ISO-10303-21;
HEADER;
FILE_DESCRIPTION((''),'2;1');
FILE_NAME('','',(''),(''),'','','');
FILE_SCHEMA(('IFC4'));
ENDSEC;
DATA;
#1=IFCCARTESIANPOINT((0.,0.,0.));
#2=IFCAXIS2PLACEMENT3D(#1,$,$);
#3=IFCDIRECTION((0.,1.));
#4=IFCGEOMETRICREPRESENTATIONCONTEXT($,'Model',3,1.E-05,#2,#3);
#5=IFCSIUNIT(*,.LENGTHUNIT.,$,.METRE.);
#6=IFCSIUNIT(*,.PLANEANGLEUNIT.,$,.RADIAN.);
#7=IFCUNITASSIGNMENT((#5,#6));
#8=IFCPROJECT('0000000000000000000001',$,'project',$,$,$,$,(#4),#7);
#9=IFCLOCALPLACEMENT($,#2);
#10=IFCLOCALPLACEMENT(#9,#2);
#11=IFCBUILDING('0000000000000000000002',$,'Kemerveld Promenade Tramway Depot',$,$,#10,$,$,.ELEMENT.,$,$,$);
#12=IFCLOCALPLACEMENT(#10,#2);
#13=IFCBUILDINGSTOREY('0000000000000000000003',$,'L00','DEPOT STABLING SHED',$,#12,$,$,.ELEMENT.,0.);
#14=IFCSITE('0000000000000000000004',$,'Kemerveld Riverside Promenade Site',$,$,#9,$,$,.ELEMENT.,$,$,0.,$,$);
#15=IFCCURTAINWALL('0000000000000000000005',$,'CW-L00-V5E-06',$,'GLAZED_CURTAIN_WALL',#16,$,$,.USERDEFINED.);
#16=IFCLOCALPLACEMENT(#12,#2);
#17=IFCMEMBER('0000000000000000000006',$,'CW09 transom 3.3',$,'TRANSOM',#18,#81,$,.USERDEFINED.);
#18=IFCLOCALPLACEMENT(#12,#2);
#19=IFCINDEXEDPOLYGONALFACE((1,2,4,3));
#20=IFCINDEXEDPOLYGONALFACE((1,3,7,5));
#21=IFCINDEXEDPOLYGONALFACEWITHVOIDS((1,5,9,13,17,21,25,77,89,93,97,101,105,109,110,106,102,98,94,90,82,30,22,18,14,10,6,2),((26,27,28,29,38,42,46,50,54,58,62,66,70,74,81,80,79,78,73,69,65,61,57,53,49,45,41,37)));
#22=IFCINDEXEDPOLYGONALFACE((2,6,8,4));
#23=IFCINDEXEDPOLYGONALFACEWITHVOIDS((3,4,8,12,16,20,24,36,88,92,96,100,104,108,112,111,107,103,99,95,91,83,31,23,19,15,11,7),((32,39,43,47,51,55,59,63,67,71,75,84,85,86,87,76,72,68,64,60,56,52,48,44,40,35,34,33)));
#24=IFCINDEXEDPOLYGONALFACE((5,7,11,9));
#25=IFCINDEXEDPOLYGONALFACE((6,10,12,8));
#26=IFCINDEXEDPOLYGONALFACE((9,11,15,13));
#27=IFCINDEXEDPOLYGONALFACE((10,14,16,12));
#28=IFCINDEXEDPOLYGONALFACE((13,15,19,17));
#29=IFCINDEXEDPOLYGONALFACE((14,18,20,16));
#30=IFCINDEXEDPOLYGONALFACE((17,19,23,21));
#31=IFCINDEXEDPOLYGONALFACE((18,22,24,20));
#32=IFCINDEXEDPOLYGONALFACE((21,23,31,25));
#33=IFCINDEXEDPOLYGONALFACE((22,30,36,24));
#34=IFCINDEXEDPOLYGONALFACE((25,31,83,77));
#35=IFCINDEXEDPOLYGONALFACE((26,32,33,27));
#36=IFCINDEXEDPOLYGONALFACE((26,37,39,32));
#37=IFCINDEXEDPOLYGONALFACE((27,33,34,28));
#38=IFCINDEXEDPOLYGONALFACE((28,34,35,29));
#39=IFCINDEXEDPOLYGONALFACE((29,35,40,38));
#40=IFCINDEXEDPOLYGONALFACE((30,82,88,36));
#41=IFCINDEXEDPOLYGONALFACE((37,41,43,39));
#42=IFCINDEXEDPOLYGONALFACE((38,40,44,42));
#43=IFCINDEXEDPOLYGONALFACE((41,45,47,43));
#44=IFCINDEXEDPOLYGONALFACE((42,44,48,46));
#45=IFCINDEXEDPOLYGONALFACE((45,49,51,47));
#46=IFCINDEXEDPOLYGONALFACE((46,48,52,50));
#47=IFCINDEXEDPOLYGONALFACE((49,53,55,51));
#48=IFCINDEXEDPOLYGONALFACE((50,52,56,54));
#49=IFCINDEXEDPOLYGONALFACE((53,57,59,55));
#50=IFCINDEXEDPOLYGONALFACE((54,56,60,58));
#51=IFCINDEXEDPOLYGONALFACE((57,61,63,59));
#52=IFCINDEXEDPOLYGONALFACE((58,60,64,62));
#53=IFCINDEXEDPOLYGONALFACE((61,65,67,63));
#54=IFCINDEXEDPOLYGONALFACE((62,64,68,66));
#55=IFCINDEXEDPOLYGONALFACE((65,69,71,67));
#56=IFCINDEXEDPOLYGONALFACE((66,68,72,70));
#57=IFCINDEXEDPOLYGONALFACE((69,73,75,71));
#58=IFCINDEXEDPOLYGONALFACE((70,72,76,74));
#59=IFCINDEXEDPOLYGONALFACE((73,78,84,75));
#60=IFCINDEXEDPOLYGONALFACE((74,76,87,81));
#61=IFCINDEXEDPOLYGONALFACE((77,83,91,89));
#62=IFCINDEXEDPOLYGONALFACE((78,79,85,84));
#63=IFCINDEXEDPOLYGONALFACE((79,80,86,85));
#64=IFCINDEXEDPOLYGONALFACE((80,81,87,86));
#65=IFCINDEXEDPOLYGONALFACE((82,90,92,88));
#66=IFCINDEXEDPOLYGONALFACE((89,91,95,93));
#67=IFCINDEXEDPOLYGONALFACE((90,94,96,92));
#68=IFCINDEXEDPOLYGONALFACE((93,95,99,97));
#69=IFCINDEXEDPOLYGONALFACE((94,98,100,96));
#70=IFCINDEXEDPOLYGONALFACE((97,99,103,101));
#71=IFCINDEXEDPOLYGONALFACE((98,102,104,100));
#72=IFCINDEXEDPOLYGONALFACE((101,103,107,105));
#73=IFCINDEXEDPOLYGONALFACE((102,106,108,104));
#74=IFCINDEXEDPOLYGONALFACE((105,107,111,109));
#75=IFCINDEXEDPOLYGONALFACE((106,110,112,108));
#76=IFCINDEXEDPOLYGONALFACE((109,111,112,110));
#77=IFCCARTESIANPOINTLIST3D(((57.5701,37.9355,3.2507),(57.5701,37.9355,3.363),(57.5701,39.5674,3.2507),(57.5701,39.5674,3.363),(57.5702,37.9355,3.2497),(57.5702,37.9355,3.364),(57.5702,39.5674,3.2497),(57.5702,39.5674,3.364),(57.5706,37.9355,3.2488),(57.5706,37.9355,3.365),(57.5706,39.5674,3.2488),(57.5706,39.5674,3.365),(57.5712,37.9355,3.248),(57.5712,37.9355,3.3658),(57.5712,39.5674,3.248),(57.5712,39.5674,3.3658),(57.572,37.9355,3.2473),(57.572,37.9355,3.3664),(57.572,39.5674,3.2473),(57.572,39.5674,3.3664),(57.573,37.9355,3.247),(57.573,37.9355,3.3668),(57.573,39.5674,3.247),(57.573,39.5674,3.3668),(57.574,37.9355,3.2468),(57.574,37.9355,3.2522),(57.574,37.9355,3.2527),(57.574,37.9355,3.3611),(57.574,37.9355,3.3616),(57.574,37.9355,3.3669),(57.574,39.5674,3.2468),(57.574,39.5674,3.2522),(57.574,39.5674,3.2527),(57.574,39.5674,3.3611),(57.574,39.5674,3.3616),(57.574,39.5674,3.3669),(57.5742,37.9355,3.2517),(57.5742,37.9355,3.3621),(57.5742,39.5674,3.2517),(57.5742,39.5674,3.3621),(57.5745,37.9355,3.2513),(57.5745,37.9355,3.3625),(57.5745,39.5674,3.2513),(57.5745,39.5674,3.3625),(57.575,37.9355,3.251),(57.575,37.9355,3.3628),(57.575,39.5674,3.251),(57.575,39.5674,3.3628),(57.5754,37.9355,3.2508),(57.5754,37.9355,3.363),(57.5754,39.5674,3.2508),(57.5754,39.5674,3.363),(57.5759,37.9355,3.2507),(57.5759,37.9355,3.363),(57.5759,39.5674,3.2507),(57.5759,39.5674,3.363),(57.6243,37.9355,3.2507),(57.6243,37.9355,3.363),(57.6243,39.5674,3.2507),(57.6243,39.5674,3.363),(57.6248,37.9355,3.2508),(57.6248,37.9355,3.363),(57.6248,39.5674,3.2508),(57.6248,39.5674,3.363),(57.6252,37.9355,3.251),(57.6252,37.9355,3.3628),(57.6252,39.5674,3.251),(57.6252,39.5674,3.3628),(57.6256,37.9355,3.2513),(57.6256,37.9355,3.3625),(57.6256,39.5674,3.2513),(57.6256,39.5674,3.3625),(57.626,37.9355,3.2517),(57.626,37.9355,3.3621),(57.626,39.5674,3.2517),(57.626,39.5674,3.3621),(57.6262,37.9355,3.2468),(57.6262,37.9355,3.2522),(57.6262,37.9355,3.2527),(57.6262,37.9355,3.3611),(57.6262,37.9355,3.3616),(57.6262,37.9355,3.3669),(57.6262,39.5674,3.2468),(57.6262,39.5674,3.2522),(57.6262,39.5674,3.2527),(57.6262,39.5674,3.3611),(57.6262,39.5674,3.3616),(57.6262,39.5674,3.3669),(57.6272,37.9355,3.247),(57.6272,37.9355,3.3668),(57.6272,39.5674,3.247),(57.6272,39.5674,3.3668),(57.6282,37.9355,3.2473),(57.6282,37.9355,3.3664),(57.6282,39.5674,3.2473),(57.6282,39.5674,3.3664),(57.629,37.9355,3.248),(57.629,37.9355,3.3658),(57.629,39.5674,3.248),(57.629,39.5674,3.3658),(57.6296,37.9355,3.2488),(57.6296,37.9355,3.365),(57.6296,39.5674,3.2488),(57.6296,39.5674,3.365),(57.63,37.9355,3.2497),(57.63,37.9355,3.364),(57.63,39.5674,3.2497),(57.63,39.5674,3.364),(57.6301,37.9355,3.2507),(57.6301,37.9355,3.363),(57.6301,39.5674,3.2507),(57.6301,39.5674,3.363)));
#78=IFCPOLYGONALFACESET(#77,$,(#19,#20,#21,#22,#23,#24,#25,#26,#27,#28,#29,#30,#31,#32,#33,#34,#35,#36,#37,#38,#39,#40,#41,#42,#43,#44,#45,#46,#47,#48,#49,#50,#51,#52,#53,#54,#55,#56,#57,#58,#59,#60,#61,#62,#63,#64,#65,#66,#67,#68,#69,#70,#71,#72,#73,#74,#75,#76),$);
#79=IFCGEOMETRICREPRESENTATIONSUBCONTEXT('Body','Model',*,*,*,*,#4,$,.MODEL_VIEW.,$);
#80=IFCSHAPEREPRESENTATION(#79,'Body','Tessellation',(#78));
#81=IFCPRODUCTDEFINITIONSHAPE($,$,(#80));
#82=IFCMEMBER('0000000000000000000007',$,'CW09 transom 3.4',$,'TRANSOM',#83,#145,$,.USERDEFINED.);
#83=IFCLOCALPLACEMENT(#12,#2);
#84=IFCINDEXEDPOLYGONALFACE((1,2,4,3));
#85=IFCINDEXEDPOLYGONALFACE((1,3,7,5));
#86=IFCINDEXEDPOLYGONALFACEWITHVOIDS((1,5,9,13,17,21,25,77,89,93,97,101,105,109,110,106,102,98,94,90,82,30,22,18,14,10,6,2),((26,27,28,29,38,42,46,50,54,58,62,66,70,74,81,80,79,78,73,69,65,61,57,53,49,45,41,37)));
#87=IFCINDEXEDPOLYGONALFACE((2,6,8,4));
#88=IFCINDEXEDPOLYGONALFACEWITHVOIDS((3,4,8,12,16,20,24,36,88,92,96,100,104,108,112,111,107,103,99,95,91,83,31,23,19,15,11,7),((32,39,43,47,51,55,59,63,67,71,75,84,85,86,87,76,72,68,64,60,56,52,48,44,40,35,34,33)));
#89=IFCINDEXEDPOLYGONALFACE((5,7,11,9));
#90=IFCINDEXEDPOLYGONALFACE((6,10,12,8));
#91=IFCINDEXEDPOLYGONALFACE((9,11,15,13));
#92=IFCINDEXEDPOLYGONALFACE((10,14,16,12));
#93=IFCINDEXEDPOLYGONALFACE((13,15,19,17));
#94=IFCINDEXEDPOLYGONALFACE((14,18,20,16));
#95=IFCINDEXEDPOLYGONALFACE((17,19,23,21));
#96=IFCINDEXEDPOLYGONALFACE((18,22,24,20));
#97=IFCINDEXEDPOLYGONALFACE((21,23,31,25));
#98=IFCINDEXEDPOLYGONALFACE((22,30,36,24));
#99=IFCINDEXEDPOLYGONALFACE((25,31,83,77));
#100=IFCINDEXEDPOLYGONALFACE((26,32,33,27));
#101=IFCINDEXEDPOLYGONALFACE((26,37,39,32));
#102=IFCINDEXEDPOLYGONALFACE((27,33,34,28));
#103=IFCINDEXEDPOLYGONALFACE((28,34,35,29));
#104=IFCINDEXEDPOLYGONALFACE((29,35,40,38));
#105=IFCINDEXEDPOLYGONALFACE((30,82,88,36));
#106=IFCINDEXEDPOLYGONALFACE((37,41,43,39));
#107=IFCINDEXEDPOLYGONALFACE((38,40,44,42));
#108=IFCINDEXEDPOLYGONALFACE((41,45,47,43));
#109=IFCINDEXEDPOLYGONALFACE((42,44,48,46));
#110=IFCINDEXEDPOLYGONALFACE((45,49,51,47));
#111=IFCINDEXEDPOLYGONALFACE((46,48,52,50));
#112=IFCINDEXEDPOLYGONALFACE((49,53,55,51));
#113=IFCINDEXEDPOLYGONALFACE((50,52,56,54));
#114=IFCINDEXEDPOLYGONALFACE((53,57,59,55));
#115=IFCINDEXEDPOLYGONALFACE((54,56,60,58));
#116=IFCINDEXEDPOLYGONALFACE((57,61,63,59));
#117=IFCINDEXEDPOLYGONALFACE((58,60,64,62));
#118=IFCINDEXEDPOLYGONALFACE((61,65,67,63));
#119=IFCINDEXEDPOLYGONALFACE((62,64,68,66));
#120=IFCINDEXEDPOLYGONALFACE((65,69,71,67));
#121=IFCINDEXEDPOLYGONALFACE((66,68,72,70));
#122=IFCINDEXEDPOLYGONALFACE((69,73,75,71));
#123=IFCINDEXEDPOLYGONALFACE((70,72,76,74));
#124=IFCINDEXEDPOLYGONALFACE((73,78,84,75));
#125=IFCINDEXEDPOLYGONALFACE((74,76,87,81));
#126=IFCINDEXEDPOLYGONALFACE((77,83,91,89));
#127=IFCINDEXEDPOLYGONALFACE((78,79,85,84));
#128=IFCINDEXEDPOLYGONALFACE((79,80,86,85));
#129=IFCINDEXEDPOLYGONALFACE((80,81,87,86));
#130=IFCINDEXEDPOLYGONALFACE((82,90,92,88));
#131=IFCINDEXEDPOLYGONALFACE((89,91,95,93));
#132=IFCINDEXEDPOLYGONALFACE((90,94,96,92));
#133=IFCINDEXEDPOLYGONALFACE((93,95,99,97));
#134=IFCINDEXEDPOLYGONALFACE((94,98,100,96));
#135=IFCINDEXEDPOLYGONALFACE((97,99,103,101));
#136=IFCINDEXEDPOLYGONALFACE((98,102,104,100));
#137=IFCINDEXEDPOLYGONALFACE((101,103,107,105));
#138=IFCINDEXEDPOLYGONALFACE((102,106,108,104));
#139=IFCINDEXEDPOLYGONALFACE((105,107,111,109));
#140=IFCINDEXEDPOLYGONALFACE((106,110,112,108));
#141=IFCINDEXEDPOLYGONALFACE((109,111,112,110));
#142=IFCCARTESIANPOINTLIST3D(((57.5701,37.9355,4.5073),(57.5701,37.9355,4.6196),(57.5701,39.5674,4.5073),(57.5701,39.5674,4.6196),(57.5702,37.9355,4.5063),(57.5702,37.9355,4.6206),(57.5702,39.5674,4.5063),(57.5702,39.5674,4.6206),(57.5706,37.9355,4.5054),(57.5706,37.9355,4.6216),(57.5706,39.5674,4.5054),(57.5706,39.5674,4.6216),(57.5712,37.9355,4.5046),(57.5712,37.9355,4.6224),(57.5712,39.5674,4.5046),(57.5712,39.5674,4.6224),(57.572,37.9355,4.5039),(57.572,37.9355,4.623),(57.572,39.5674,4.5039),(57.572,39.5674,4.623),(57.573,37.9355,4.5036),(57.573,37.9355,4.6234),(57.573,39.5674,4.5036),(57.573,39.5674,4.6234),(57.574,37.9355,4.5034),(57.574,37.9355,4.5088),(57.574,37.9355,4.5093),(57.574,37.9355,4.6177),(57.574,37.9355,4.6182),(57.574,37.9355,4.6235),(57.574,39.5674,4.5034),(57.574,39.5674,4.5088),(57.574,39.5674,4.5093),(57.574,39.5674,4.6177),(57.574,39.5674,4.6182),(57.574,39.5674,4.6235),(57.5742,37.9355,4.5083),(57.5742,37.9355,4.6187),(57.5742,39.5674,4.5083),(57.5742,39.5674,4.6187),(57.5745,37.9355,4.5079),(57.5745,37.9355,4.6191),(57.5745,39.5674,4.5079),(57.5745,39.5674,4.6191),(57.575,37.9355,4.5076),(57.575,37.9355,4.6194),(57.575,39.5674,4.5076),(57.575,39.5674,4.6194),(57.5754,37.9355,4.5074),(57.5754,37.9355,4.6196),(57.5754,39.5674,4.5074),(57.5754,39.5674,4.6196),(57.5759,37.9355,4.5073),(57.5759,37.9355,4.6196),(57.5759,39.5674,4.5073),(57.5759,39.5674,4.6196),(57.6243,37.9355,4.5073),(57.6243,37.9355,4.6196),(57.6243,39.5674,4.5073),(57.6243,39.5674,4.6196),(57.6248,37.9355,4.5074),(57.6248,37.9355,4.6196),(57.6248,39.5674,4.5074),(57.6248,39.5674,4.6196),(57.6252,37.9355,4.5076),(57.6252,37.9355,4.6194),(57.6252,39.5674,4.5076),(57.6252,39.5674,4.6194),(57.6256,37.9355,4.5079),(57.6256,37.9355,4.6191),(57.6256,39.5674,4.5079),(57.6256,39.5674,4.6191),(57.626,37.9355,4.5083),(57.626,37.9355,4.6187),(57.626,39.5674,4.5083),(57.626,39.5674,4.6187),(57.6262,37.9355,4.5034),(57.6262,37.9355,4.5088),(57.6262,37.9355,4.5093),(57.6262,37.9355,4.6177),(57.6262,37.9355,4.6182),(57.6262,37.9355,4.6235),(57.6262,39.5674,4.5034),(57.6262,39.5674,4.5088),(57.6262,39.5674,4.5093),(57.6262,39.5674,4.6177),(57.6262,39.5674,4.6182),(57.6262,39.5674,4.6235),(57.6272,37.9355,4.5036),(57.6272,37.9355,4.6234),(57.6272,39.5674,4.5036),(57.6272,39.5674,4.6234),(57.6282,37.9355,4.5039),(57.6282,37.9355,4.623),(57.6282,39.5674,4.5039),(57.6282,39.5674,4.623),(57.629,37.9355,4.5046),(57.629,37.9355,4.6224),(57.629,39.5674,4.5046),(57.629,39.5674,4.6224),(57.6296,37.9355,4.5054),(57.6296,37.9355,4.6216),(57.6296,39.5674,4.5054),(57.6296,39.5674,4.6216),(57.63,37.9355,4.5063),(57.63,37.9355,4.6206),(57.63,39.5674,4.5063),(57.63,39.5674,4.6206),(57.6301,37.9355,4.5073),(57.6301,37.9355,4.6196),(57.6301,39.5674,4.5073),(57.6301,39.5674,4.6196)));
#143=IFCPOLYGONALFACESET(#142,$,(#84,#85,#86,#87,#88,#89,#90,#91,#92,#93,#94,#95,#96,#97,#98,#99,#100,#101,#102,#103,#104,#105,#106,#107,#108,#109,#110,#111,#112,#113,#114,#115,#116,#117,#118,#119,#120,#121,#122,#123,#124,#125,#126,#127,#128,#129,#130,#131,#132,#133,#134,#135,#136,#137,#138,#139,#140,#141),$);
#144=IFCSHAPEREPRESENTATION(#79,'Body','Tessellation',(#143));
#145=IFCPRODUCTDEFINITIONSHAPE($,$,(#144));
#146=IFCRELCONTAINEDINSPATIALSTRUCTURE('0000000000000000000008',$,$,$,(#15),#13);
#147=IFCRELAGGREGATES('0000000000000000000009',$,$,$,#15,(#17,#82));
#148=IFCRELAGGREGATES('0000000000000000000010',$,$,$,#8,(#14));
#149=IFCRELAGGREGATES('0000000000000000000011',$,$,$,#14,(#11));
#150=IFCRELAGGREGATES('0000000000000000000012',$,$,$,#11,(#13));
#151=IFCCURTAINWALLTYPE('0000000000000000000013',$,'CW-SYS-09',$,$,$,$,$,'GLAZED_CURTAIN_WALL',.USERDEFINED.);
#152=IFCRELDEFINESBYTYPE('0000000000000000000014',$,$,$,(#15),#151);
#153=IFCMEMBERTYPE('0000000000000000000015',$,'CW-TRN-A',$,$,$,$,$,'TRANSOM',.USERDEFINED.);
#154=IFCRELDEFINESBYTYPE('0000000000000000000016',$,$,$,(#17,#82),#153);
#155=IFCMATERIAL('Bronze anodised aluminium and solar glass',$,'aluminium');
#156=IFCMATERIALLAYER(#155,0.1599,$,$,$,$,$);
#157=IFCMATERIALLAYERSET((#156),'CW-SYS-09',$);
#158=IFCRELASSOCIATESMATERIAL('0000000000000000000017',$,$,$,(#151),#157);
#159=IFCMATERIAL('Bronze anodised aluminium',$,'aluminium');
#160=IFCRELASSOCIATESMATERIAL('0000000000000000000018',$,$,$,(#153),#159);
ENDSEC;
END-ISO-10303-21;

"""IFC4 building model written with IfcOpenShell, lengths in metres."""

from ifc_helpers import new_model, si_unit, direction, frame, origin, origin_2d, place, context, subcontext, project, spatial, hollow_rectangle, extrude, material, layer, layer_set, material_profile, profile_set, type_object, element, aggregate, save


model = new_model("IFC4")

# Units and contexts
model_context = context("Model", 3, precision=1e-05, world=origin(), true_north=direction((0.0, 1.0)))
body_context = subcontext(model_context, "Body", "Model", "MODEL_VIEW")
ifc_project = project(units=[si_unit("LENGTHUNIT", "METRE"), si_unit("PLANEANGLEUNIT", "RADIAN")], contexts=[model_context])

# Site, building, storey
site_placement = place(None, origin())
site = spatial("IfcSite", under=ifc_project, at=site_placement, Name="Kemerveld Riverside Promenade Site", CompositionType="ELEMENT", RefElevation=0.0)
building_placement = place(site_placement, origin())
building = spatial("IfcBuilding", under=site, at=building_placement, Name="Kemerveld Promenade Tramway Depot", CompositionType="ELEMENT")
storey_placement = place(building_placement, origin())
storey = spatial("IfcBuildingStorey", under=building, at=storey_placement, Name="L00", Description="DEPOT STABLING SHED", CompositionType="ELEMENT", Elevation=0.0)

# Curtain wall, members
ifc_material_1 = material(Name="Bronze anodised aluminium and solar glass", Category="aluminium")
ifc_layer_1 = layer(ifc_material_1, 0.1599)
ifc_layer_set_1 = layer_set([ifc_layer_1], Name="CW-SYS-09")
curtain_wall_type = type_object("IfcCurtainWallType", Name="CW-SYS-09", ElementType="GLAZED_CURTAIN_WALL", PredefinedType="USERDEFINED", material=ifc_layer_set_1)
curtain_wall_placement = place(storey_placement, origin())
curtain_wall = element("IfcCurtainWall", 1, at=curtain_wall_placement, inside=storey, type_object=curtain_wall_type, Name="CW-L00-V5E-06", ObjectType="GLAZED_CURTAIN_WALL", PredefinedType="USERDEFINED")
ifc_material_2 = material(Name="Bronze anodised aluminium", Category="aluminium")
ifc_material_profile_1 = material_profile(ifc_material_2, hollow_rectangle(XDim=0.0601, YDim=0.1201, WallThickness=0.0039, InnerFilletRadius=0.002, OuterFilletRadius=0.0039, at=origin_2d()), Name="CW-TRN-120x60")
ifc_profile_set_1 = profile_set([ifc_material_profile_1], Name="Bronze anodised aluminium")
member_type_1 = type_object("IfcMemberType", Name="CW-TRN-A", ElementType="TRANSOM", PredefinedType="USERDEFINED", material=ifc_profile_set_1)
member_1_placement = place(storey_placement, frame((57.6001, 39.5674, 3.3069), z_axis=(0.0, -1.0, 0.0), x_axis=(1.0, 0.0, 0.0)))
member_1 = element("IfcMember", 2, at=member_1_placement, type_object=member_type_1, Name="CW09 transom 3.3", ObjectType="TRANSOM", PredefinedType="USERDEFINED", context=body_context, shape_type="SweptSolid", body=[
    extrude(hollow_rectangle(XDim=0.0601, YDim=0.1201, WallThickness=0.0039, InnerFilletRadius=0.002, OuterFilletRadius=0.0039, at=origin_2d()), origin(), (0.0, 0.0, 1.0), 1.6318),
])
member_2_placement = place(storey_placement, frame((57.6001, 39.5674, 4.5635), z_axis=(0.0, -1.0, 0.0), x_axis=(1.0, 0.0, 0.0)))
member_2 = element("IfcMember", 3, at=member_2_placement, type_object=member_type_1, Name="CW09 transom 3.4", ObjectType="TRANSOM", PredefinedType="USERDEFINED", context=body_context, shape_type="SweptSolid", body=[
    extrude(hollow_rectangle(XDim=0.0601, YDim=0.1201, WallThickness=0.0039, InnerFilletRadius=0.002, OuterFilletRadius=0.0039, at=origin_2d()), origin(), (0.0, 0.0, 1.0), 1.6318),
])
aggregate(curtain_wall, [member_1, member_2])

save(model, "model.ifc")
